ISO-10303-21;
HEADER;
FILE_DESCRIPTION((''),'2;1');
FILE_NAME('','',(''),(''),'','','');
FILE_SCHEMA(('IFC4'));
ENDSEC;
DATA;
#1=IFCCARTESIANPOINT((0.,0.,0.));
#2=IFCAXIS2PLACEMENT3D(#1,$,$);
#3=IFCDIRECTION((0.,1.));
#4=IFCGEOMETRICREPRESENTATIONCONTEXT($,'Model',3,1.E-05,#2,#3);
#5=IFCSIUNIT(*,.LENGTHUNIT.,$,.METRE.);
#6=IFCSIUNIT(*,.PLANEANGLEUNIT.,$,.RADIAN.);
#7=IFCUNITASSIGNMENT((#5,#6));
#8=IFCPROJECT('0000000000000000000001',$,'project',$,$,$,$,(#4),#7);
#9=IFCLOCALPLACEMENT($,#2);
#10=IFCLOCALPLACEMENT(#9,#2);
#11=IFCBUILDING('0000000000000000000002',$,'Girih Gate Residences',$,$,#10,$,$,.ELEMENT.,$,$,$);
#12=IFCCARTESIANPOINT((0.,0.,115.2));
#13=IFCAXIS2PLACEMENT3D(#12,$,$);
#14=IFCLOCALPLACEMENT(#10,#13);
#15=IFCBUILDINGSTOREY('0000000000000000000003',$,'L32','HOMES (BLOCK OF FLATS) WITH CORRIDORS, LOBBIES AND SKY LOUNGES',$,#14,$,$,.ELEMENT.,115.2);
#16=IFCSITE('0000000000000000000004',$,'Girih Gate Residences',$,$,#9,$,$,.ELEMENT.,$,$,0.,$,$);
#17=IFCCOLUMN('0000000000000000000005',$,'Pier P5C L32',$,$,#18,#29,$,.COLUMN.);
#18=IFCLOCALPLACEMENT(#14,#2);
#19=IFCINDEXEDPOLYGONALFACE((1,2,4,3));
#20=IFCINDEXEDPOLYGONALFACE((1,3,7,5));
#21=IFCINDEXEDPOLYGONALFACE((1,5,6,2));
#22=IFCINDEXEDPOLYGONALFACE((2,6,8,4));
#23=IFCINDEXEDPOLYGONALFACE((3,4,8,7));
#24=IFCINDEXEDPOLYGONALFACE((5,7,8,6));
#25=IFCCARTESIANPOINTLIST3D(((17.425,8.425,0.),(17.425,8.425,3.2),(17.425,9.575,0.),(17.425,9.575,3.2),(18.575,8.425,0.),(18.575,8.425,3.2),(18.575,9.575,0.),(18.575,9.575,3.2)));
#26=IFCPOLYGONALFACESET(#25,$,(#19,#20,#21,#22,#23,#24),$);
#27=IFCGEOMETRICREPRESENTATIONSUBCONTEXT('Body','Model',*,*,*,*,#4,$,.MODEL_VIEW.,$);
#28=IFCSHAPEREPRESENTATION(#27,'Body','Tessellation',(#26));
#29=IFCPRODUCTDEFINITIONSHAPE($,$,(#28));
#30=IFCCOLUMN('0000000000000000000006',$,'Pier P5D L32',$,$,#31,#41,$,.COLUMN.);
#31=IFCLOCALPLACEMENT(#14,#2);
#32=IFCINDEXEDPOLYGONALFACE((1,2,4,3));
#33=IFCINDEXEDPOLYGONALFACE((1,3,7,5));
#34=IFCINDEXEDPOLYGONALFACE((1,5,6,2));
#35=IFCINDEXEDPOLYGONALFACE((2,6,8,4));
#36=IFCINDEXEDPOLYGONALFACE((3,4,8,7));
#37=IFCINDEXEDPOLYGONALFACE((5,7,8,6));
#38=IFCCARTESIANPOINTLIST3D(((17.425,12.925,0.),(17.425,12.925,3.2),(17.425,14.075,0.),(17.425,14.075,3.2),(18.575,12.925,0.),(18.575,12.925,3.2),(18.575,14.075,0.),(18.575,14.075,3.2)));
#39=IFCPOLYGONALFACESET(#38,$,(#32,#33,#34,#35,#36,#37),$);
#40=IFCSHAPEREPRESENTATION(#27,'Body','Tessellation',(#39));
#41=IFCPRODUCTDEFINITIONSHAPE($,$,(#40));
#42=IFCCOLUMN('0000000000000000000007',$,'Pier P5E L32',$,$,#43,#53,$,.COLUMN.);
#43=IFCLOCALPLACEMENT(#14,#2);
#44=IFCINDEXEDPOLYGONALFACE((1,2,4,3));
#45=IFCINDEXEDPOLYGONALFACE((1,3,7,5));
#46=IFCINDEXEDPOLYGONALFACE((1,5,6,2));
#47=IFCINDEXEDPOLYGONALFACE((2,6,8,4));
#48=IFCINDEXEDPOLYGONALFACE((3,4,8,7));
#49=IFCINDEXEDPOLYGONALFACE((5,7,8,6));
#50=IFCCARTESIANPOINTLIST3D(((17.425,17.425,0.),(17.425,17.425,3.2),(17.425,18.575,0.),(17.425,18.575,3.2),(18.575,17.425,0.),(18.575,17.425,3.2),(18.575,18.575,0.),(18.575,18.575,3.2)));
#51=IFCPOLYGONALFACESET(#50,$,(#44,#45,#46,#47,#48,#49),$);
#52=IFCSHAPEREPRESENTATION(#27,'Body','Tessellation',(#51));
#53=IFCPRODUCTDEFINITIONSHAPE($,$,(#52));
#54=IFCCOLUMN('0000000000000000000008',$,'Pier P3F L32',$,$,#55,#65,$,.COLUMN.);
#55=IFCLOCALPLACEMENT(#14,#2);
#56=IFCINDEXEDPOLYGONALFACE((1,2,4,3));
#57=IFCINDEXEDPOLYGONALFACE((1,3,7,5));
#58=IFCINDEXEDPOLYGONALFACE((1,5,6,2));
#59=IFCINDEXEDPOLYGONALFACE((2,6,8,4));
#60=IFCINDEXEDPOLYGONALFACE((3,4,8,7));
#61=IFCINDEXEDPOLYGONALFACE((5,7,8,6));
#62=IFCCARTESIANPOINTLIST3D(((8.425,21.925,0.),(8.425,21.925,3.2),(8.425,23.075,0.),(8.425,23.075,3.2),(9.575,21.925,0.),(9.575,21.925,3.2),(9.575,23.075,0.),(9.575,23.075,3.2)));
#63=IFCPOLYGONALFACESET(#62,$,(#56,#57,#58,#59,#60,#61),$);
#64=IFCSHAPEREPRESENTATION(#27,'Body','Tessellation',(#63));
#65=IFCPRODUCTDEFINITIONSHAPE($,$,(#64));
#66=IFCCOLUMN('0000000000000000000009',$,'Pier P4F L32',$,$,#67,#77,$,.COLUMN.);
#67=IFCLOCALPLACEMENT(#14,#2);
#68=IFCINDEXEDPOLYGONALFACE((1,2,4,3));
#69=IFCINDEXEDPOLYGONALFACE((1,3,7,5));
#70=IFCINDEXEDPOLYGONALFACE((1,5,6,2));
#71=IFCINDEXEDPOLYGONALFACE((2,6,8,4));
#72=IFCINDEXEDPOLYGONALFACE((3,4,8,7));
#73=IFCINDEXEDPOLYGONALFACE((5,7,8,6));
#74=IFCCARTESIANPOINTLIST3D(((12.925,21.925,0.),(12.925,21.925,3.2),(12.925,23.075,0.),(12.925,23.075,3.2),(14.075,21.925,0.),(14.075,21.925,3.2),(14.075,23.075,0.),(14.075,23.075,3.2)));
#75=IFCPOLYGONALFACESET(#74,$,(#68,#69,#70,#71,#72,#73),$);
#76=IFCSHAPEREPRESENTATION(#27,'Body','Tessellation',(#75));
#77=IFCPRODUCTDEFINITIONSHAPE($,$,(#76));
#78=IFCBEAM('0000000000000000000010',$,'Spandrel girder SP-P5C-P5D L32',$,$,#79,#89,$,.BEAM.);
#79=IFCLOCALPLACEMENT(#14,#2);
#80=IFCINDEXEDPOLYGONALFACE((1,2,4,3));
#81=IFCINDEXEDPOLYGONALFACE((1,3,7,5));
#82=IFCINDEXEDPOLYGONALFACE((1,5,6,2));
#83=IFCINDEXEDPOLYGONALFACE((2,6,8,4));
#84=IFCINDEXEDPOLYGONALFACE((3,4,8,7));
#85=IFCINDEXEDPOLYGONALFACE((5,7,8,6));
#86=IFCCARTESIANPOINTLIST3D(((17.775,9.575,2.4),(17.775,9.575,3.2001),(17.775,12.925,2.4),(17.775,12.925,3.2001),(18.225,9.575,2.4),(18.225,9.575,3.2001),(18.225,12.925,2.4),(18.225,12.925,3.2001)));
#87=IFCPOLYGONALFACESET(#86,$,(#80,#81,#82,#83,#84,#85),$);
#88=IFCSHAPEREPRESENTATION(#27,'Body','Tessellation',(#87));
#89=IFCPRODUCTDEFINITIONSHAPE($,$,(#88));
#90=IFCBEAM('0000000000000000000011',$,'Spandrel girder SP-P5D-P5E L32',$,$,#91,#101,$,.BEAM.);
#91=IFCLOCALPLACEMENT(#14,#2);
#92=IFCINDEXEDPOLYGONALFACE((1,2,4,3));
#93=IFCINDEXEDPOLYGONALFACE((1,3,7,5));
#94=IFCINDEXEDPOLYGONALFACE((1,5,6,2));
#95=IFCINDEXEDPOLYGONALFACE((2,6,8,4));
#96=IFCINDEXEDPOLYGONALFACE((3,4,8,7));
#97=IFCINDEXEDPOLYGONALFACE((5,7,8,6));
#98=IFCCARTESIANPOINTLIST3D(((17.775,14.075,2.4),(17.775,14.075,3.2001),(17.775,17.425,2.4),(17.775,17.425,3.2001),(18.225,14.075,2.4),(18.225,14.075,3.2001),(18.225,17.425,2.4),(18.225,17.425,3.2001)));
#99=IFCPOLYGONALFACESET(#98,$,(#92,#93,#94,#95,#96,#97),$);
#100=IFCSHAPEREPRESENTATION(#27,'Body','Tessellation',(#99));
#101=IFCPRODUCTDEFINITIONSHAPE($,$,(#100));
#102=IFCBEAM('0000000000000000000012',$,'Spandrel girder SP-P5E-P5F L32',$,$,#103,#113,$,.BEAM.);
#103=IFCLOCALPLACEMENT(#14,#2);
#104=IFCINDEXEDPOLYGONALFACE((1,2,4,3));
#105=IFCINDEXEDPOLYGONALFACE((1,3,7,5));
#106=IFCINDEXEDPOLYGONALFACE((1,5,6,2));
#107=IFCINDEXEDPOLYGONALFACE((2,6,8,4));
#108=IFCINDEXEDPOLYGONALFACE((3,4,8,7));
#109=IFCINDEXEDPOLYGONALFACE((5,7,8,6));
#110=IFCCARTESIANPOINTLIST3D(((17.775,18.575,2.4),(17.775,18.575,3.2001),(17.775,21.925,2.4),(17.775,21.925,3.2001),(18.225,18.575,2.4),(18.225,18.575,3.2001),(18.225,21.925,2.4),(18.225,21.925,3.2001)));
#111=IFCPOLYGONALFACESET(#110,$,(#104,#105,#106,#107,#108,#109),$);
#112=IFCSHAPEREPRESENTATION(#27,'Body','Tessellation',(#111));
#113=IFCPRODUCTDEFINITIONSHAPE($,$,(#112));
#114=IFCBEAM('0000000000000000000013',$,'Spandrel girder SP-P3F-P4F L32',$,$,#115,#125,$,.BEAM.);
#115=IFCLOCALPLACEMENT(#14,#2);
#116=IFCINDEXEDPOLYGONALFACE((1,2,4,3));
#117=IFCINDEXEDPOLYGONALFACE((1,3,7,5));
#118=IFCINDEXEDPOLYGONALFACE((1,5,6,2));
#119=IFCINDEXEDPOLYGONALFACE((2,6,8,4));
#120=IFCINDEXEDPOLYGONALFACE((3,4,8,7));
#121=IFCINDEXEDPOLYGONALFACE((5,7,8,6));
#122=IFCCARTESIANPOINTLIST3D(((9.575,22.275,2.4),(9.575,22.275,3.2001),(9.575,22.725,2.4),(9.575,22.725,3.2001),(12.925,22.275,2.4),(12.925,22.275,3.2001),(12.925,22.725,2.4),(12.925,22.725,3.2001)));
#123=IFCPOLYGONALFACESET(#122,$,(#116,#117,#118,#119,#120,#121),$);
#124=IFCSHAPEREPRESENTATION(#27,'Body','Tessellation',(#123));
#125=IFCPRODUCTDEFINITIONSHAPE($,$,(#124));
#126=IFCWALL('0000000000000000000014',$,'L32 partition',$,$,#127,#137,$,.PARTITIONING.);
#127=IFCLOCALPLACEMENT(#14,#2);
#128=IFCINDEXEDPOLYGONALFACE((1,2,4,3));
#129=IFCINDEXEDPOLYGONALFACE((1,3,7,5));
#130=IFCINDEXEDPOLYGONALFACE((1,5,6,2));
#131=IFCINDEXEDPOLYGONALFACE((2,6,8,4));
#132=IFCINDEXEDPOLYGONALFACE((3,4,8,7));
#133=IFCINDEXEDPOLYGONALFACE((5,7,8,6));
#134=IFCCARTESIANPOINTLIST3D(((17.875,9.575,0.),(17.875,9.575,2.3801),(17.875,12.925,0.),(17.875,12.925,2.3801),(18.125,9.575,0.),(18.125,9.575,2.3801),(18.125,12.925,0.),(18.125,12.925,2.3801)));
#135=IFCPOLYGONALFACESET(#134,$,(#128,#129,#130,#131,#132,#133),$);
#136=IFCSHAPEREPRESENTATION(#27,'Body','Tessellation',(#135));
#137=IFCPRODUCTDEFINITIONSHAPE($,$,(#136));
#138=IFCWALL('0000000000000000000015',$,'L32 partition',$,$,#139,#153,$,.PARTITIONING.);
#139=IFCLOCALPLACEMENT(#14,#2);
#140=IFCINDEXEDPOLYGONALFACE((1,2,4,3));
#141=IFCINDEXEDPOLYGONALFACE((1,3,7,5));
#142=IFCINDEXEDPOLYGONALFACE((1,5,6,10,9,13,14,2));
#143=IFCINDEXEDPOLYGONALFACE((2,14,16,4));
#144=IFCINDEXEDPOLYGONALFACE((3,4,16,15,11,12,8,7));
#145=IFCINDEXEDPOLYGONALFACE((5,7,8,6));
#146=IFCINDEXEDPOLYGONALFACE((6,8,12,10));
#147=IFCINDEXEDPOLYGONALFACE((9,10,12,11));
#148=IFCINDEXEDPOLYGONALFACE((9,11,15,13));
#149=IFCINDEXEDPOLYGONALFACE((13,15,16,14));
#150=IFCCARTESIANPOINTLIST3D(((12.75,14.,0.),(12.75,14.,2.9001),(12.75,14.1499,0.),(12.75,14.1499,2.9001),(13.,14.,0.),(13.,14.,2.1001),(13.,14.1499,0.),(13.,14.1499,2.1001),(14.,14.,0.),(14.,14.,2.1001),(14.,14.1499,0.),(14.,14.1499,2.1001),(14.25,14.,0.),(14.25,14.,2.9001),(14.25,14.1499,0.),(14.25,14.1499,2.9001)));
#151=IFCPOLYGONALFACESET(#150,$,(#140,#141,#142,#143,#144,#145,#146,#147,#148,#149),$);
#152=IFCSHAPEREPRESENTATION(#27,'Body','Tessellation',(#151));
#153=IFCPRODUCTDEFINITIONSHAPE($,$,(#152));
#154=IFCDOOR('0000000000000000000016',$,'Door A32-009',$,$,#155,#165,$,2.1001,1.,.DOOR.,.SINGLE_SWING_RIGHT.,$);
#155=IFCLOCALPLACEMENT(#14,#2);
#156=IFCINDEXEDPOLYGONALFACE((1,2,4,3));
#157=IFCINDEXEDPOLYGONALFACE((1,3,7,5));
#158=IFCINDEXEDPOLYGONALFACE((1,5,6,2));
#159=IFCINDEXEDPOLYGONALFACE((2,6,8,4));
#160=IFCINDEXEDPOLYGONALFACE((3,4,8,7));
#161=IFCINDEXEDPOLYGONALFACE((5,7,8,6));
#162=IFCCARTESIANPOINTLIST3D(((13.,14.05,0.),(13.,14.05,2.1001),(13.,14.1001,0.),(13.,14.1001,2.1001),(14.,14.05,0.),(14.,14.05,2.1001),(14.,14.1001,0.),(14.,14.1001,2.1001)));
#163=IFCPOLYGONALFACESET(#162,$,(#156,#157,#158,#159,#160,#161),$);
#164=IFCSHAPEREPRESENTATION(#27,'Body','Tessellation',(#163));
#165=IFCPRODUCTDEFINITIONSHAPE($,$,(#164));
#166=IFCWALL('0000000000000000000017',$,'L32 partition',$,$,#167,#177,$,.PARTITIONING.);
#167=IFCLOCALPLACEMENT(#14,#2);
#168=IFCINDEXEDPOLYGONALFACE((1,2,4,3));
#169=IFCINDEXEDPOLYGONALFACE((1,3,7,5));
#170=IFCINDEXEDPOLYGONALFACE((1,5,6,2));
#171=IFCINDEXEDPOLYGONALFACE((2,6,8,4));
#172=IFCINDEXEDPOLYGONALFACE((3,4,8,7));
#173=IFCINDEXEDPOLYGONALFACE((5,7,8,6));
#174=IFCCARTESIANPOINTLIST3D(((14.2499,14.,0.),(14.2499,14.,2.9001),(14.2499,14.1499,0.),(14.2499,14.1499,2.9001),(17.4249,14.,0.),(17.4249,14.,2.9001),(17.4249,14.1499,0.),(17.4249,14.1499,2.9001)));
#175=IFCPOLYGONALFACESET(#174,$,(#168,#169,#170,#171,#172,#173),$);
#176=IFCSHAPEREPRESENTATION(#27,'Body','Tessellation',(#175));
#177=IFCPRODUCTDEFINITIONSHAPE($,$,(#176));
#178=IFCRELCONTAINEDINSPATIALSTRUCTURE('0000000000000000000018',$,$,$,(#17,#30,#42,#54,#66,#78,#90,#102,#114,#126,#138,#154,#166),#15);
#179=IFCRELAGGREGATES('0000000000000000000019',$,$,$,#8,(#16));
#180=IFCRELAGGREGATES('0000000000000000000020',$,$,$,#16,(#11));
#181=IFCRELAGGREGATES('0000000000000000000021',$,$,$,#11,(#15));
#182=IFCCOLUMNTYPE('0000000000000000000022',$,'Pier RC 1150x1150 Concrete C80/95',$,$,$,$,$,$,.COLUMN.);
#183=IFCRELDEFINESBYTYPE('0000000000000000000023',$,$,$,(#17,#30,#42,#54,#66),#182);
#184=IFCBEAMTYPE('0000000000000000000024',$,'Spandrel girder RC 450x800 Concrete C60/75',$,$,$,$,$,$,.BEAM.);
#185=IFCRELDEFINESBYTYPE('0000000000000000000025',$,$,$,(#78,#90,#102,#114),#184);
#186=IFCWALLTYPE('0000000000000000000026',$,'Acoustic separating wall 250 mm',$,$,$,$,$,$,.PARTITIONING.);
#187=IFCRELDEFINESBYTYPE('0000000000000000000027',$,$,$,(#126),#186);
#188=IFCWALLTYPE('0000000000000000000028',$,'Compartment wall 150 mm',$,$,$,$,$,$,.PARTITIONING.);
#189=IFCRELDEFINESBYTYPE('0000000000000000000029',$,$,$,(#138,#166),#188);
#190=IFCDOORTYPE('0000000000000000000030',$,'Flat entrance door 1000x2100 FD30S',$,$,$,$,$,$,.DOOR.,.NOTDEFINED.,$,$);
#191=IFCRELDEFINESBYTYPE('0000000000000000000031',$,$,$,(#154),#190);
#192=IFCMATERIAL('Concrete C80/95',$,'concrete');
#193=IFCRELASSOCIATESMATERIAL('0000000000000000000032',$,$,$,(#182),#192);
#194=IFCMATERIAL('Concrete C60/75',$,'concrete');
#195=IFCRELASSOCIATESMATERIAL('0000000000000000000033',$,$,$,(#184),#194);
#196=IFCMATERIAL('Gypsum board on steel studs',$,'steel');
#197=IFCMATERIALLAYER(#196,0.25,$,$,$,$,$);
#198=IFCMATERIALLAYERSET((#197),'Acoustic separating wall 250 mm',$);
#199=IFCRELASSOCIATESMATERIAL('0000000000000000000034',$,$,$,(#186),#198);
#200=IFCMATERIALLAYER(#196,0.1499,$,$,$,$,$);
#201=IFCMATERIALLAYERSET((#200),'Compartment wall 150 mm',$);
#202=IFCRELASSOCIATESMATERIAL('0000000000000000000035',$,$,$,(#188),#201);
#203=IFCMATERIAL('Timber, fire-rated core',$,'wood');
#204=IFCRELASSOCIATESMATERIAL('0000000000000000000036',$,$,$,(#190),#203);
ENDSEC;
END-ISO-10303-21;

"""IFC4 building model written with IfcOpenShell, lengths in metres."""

from ifc_helpers import new_model, si_unit, direction, frame, frame_2d, origin, origin_2d, place, context, subcontext, project, spatial, rectangle, extrude, material, layer, layer_set, material_profile, profile_set, type_object, element, fill, save


model = new_model("IFC4")

# Units and contexts
model_context = context("Model", 3, precision=1e-05, world=origin(), true_north=direction((0.0, 1.0)))
body_context = subcontext(model_context, "Body", "Model", "MODEL_VIEW")
ifc_project = project(units=[si_unit("LENGTHUNIT", "METRE"), si_unit("PLANEANGLEUNIT", "RADIAN")], contexts=[model_context])

# Site, building, storey
site_placement = place(None, origin())
site = spatial("IfcSite", under=ifc_project, at=site_placement, Name="Girih Gate Residences", CompositionType="ELEMENT", RefElevation=0.0)
building_placement = place(site_placement, origin())
building = spatial("IfcBuilding", under=site, at=building_placement, Name="Girih Gate Residences", CompositionType="ELEMENT")
storey_placement = place(building_placement, frame((0.0, 0.0, 115.2)))
storey = spatial("IfcBuildingStorey", under=building, at=storey_placement, Name="L32", Description="HOMES (BLOCK OF FLATS) WITH CORRIDORS, LOBBIES AND SKY LOUNGES", CompositionType="ELEMENT", Elevation=115.2)

# Columns
ifc_material_1 = material(Name="Concrete C80/95", Category="concrete")
ifc_material_profile_1 = material_profile(ifc_material_1, rectangle(XDim=1.1499, YDim=1.1499, at=origin_2d()))
ifc_profile_set_1 = profile_set([ifc_material_profile_1], Name="Concrete C80/95")
column_type = type_object("IfcColumnType", Name="Pier RC 1150x1150 Concrete C80/95", PredefinedType="COLUMN", material=ifc_profile_set_1)
for number, where, z_axis, x_axis, name in (
    (1, (18.0, 9.0, 0.0), (0.0, 0.0, 1.0), (1.0, 0.0, 0.0), "Pier P5C L32"),
    (2, (18.0, 13.5, 0.0), (0.0, 0.0, 1.0), (1.0, 0.0, 0.0), "Pier P5D L32"),
    (3, (18.0, 18.0, 0.0), (0.0, 0.0, 1.0), (1.0, 0.0, 0.0), "Pier P5E L32"),
    (4, (9.0, 22.5, 0.0), (0.0, 0.0, 1.0), (1.0, 0.0, 0.0), "Pier P3F L32"),
    (5, (13.5, 22.5, 0.0), (0.0, 0.0, 1.0), (1.0, 0.0, 0.0), "Pier P4F L32"),
):
    element("IfcColumn", number, at=place(storey_placement, frame(where, z_axis=z_axis, x_axis=x_axis)), inside=storey, type_object=column_type, Name=name, PredefinedType="COLUMN", context=body_context, shape_type="SweptSolid", body=[
        extrude(rectangle(XDim=1.1499, YDim=1.1499, at=origin_2d()), origin(), (0.0, 0.0, 1.0), 3.2),
    ])

# Beams
ifc_material_2 = material(Name="Concrete C60/75", Category="concrete")
ifc_material_profile_2 = material_profile(ifc_material_2, rectangle(XDim=0.45, YDim=0.8, at=origin_2d()))
ifc_profile_set_2 = profile_set([ifc_material_profile_2], Name="Concrete C60/75")
beam_type = type_object("IfcBeamType", Name="Spandrel girder RC 450x800 Concrete C60/75", PredefinedType="BEAM", material=ifc_profile_set_2)
for number, where, z_axis, x_axis, name in (
    (6, (18.0, 9.575, 2.8), (0.0, 1.0, 0.0), (-1.0, 0.0, 0.0), "Spandrel girder SP-P5C-P5D L32"),
    (7, (18.0, 14.075, 2.8), (0.0, 1.0, 0.0), (-1.0, 0.0, 0.0), "Spandrel girder SP-P5D-P5E L32"),
    (8, (18.0, 18.575, 2.8), (0.0, 1.0, 0.0), (-1.0, 0.0, 0.0), "Spandrel girder SP-P5E-P5F L32"),
    (9, (9.575, 22.5, 2.8), (1.0, 0.0, 0.0), (0.0, 1.0, 0.0), "Spandrel girder SP-P3F-P4F L32"),
):
    element("IfcBeam", number, at=place(storey_placement, frame(where, z_axis=z_axis, x_axis=x_axis)), inside=storey, type_object=beam_type, Name=name, PredefinedType="BEAM", context=body_context, shape_type="SweptSolid", body=[
        extrude(rectangle(XDim=0.45, YDim=0.8, at=origin_2d()), origin(), (0.0, 0.0, 1.0), 3.3501),
    ])

# Wall
ifc_material_3 = material(Name="Gypsum board on steel studs", Category="steel")
ifc_layer_1 = layer(ifc_material_3, 0.25)
ifc_layer_set_1 = layer_set([ifc_layer_1], Name="Acoustic separating wall 250 mm")
wall_type_1 = type_object("IfcWallType", Name="Acoustic separating wall 250 mm", PredefinedType="PARTITIONING", material=ifc_layer_set_1)
wall_1_placement = place(storey_placement, frame((18.0, 9.575, 0.0), z_axis=(0.0, 0.0, 1.0), x_axis=(0.0, 1.0, 0.0)))
element("IfcWall", 10, at=wall_1_placement, inside=storey, type_object=wall_type_1, Name="L32 partition", PredefinedType="PARTITIONING", context=body_context, shape_type="SweptSolid", body=[
    extrude(rectangle(XDim=3.3501, YDim=0.25, at=frame_2d((1.675, 0.0))), origin(), (0.0, 0.0, 1.0), 2.3801),
])

# Wall, opening, door
ifc_layer_2 = layer(ifc_material_3, 0.1499)
ifc_layer_set_2 = layer_set([ifc_layer_2], Name="Compartment wall 150 mm")
wall_type_2 = type_object("IfcWallType", Name="Compartment wall 150 mm", PredefinedType="PARTITIONING", material=ifc_layer_set_2)
wall_2_placement = place(storey_placement, frame((14.25, 14.075, 0.0), z_axis=(0.0, 0.0, 1.0), x_axis=(-1.0, 0.0, 0.0)))
wall_2 = element("IfcWall", 11, at=wall_2_placement, inside=storey, type_object=wall_type_2, Name="L32 partition", PredefinedType="PARTITIONING", context=body_context, shape_type="SweptSolid", body=[
    extrude(rectangle(XDim=1.5, YDim=0.1499, at=frame_2d((0.75, 0.0))), origin(), (0.0, 0.0, 1.0), 2.9001),
])
opening_1_placement = place(wall_2_placement, frame((0.25, 0.0, 0.0)))
opening_1 = element("IfcOpeningElement", 12, at=opening_1_placement, cuts=wall_2, PredefinedType="OPENING", context=body_context, shape_type="SweptSolid", body=[
    extrude(rectangle(XDim=1.0, YDim=2.1001, at=frame_2d((0.5, 1.05))), frame((0.0, 0.085, 0.0), z_axis=(0.0, -1.0, 0.0), x_axis=(1.0, 0.0, 0.0)), (0.0, 0.0, 1.0), 0.1699),
])
ifc_material_4 = material(Name="Timber, fire-rated core", Category="wood")
door_type_1 = type_object("IfcDoorType", Name="Flat entrance door 1000x2100 FD30S", OperationType="NOTDEFINED", PredefinedType="DOOR", material=ifc_material_4)
door_1_placement = place(opening_1_placement, origin())
door_1 = element("IfcDoor", 13, at=door_1_placement, inside=storey, type_object=door_type_1, Name="Door A32-009", OperationType="SINGLE_SWING_RIGHT", OverallHeight=2.1001, OverallWidth=1.0, PredefinedType="DOOR", context=body_context, shape_type="SweptSolid", body=[
    extrude(rectangle(XDim=1.0, YDim=2.1001, at=frame_2d((0.5, 1.05))), frame((0.0, 0.0249, 0.0), z_axis=(0.0, -1.0, 0.0), x_axis=(1.0, 0.0, 0.0)), (0.0, 0.0, 1.0), 0.05),
])
fill(opening_1, door_1)

# Wall
wall_3_placement = place(storey_placement, frame((14.25, 14.075, 0.0), z_axis=(0.0, 0.0, 1.0), x_axis=(1.0, 0.0, 0.0)))
element("IfcWall", 14, at=wall_3_placement, inside=storey, type_object=wall_type_2, Name="L32 partition", PredefinedType="PARTITIONING", context=body_context, shape_type="SweptSolid", body=[
    extrude(rectangle(XDim=3.175, YDim=0.1499, at=frame_2d((1.5874, 0.0))), origin(), (0.0, 0.0, 1.0), 2.9001),
])

save(model, "model.ifc")
